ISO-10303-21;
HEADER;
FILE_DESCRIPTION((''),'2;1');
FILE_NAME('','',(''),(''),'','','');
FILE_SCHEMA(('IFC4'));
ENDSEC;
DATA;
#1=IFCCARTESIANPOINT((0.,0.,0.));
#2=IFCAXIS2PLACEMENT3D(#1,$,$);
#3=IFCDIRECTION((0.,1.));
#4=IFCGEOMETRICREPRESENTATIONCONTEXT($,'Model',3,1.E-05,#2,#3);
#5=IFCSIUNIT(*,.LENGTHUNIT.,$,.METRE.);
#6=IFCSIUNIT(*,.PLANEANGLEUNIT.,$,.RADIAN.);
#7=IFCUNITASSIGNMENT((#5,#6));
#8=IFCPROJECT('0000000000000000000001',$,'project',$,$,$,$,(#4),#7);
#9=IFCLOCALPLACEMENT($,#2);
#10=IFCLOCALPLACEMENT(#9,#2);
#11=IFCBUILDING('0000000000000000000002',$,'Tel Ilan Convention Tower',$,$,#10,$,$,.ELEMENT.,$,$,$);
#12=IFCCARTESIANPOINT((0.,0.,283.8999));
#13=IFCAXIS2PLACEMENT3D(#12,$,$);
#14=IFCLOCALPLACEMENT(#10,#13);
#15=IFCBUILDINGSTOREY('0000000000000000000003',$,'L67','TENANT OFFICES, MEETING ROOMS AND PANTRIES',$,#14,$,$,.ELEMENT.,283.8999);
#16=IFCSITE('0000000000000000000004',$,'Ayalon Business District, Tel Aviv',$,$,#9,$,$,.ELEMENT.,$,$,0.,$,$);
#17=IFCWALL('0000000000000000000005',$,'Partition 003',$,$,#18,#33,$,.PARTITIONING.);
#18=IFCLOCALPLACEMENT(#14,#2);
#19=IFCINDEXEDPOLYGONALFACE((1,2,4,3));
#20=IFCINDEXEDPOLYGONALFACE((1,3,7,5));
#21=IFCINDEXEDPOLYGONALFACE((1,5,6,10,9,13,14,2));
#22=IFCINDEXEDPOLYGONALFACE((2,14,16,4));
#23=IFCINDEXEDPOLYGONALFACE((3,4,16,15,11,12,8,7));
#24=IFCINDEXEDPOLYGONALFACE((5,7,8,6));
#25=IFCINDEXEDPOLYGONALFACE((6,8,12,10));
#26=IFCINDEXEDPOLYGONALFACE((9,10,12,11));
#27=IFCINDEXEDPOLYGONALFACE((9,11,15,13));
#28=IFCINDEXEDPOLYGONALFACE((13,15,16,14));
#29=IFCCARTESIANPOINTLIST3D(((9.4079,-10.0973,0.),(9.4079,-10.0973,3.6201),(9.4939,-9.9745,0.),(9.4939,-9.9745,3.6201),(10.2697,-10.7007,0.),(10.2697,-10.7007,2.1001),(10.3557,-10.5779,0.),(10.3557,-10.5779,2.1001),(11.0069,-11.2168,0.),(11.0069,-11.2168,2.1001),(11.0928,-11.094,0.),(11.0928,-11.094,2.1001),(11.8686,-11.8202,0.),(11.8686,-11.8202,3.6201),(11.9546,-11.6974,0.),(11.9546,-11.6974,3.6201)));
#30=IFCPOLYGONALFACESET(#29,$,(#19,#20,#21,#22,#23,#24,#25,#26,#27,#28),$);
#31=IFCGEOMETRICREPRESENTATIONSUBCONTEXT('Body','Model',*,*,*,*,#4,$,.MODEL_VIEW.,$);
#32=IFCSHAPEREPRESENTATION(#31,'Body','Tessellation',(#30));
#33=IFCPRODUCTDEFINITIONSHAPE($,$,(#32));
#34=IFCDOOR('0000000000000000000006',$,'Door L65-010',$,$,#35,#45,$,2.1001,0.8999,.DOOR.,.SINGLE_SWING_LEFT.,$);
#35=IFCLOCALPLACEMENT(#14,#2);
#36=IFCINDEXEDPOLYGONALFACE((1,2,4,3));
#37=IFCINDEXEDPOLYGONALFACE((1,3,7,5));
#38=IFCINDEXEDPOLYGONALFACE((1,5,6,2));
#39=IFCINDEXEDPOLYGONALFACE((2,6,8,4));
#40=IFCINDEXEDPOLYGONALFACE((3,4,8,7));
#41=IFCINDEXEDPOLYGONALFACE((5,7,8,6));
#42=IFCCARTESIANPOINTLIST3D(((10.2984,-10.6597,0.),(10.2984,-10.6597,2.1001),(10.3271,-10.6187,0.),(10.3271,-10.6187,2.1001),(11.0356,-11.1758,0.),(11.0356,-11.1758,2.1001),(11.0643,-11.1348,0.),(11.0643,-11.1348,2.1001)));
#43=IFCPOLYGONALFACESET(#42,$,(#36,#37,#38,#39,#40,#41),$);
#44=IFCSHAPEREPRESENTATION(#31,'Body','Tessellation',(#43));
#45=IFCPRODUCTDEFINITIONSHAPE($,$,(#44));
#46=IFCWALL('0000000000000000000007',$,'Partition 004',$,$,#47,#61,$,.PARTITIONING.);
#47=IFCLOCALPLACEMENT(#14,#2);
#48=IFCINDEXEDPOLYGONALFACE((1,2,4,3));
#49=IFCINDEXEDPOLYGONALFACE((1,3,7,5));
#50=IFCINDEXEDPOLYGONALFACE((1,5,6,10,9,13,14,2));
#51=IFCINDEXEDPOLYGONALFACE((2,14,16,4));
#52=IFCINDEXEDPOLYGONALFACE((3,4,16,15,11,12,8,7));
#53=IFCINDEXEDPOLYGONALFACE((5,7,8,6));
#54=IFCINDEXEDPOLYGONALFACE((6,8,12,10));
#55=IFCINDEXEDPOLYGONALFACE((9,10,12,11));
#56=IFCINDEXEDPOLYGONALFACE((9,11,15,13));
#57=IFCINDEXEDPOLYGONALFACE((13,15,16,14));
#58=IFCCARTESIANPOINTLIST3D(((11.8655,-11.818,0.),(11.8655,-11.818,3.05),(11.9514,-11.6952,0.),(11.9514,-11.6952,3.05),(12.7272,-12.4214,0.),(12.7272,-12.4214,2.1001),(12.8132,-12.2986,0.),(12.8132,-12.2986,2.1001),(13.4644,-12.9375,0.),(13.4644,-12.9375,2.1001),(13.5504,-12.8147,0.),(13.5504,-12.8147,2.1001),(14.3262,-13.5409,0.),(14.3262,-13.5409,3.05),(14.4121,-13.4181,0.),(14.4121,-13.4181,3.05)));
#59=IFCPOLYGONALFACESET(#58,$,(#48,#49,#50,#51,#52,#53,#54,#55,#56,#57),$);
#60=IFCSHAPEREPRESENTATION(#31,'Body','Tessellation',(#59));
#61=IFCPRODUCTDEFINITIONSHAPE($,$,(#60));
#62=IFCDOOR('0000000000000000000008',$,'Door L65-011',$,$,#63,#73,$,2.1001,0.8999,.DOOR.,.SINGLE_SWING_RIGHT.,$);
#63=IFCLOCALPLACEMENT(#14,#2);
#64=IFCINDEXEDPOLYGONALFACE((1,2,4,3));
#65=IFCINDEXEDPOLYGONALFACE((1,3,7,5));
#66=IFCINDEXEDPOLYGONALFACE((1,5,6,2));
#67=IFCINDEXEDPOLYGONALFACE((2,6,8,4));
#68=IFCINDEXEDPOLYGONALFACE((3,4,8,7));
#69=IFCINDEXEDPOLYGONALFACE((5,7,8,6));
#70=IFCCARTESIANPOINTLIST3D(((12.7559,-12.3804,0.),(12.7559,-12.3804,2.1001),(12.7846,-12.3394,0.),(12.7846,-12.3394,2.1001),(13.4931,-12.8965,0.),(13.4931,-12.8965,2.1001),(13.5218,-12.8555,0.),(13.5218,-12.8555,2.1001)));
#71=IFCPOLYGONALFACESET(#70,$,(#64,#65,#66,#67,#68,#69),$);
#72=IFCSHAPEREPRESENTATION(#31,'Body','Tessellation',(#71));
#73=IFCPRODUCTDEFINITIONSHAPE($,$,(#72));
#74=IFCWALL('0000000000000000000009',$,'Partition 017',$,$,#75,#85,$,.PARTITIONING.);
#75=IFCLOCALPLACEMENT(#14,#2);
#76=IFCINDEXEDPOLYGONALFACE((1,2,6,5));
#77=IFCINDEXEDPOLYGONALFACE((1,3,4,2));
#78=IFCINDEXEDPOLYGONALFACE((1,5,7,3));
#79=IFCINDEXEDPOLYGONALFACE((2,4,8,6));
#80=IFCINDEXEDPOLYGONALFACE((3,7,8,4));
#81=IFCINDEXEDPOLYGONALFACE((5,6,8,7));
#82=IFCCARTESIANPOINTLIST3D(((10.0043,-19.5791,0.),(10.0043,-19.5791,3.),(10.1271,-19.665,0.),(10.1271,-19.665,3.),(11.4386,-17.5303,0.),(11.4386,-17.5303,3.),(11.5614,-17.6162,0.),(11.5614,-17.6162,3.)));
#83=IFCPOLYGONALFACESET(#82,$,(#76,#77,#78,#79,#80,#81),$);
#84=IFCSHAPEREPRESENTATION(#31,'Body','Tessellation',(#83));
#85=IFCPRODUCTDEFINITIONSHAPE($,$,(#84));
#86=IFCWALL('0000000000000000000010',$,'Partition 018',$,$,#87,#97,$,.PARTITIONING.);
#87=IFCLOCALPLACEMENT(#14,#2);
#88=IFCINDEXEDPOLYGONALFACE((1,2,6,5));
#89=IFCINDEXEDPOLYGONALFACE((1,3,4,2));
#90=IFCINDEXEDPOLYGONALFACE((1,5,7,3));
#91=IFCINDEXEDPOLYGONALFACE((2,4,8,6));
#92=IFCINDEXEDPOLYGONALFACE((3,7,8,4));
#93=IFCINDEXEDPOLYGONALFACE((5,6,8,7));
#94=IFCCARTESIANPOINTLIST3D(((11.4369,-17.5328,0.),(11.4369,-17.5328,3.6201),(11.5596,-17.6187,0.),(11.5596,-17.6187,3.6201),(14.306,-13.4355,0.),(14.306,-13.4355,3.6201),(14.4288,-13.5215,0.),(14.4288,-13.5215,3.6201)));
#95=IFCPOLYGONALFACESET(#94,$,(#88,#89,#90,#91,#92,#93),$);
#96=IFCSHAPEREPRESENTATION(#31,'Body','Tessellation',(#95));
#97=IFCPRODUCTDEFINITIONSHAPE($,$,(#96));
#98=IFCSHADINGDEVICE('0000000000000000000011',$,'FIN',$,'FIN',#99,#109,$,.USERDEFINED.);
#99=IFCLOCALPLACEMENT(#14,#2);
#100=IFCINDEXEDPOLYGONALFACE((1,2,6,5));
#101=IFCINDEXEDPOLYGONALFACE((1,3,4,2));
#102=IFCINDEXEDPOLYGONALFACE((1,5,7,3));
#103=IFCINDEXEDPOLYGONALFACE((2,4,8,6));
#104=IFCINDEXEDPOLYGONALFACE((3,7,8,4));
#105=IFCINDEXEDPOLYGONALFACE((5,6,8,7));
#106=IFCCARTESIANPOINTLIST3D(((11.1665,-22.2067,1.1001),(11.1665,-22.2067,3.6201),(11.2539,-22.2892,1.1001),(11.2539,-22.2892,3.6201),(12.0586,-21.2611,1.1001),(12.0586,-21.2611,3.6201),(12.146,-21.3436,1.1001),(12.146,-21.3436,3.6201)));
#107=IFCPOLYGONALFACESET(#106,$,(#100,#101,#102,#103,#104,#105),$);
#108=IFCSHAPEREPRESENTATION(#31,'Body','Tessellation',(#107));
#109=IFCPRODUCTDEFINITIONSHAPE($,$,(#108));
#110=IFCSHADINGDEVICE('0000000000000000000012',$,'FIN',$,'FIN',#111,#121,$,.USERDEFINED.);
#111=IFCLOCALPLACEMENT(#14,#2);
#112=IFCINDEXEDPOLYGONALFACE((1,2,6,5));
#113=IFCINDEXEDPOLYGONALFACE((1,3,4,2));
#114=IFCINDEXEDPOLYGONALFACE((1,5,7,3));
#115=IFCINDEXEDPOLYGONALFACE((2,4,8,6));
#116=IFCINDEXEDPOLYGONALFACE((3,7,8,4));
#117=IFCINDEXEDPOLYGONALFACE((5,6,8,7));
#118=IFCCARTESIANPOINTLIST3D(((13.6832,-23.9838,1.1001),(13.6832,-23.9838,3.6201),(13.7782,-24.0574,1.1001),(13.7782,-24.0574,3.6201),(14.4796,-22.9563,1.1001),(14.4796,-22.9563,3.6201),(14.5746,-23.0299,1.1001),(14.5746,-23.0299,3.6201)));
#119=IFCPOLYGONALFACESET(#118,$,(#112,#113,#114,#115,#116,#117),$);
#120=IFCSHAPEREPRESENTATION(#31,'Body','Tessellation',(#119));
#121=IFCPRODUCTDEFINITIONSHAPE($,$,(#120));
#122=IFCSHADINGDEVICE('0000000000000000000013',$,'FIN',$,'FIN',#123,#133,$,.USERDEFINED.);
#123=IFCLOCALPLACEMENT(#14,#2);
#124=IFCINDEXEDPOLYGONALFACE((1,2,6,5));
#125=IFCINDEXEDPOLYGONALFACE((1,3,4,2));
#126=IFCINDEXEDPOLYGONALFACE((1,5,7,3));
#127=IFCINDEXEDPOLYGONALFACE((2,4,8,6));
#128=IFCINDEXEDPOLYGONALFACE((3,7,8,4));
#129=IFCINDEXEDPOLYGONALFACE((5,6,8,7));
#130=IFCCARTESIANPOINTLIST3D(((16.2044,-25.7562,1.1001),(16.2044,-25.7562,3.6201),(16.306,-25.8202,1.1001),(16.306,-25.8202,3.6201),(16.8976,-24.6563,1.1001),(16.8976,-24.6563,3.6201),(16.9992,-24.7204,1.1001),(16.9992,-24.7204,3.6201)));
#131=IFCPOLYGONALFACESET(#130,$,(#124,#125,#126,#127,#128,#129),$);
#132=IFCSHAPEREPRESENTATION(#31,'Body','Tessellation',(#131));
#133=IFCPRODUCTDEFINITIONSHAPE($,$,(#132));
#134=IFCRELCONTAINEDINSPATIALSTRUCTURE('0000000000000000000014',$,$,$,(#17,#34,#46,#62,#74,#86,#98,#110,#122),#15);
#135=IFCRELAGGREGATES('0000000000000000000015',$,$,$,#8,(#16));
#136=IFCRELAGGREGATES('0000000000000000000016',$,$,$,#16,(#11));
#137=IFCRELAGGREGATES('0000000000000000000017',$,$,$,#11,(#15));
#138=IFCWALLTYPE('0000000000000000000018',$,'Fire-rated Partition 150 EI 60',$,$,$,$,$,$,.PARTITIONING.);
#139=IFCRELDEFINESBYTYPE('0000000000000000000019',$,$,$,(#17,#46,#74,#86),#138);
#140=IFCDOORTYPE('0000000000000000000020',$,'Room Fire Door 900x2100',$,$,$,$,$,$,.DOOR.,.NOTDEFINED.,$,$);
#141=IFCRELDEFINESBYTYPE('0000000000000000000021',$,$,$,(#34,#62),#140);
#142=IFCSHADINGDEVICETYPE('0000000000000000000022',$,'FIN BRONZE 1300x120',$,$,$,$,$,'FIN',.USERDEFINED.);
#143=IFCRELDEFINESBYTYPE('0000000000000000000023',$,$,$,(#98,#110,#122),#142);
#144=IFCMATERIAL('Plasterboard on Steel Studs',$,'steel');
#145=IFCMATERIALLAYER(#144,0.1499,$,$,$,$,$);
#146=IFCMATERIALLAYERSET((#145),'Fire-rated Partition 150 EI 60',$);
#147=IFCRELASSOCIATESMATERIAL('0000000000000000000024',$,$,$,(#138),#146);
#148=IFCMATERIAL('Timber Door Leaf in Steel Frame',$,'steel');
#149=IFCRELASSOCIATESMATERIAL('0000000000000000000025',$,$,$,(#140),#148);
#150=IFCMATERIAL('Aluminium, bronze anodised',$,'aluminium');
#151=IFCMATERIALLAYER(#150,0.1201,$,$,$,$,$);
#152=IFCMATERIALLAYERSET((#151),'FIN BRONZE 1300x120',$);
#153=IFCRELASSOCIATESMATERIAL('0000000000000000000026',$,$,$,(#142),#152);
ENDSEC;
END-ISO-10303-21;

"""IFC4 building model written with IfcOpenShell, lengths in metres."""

from ifc_helpers import new_model, si_unit, direction, frame, frame_2d, origin, origin_2d, place, context, subcontext, project, spatial, rectangle, extrude, material, layer, layer_set, type_object, element, fill, save


model = new_model("IFC4")

# Units and contexts
model_context = context("Model", 3, precision=1e-05, world=origin(), true_north=direction((0.0, 1.0)))
body_context = subcontext(model_context, "Body", "Model", "MODEL_VIEW")
ifc_project = project(units=[si_unit("LENGTHUNIT", "METRE"), si_unit("PLANEANGLEUNIT", "RADIAN")], contexts=[model_context])

# Site, building, storey
site_placement = place(None, origin())
site = spatial("IfcSite", under=ifc_project, at=site_placement, Name="Ayalon Business District, Tel Aviv", CompositionType="ELEMENT", RefElevation=0.0)
building_placement = place(site_placement, origin())
building = spatial("IfcBuilding", under=site, at=building_placement, Name="Tel Ilan Convention Tower", CompositionType="ELEMENT")
storey_placement = place(building_placement, frame((0.0, 0.0, 283.8999)))
storey = spatial("IfcBuildingStorey", under=building, at=storey_placement, Name="L67", Description="TENANT OFFICES, MEETING ROOMS AND PANTRIES", CompositionType="ELEMENT", Elevation=283.8999)

# Walls, openings, doors
ifc_material_1 = material(Name="Plasterboard on Steel Studs", Category="steel")
ifc_layer_1 = layer(ifc_material_1, 0.1499)
ifc_layer_set_1 = layer_set([ifc_layer_1], Name="Fire-rated Partition 150 EI 60")
wall_type = type_object("IfcWallType", Name="Fire-rated Partition 150 EI 60", PredefinedType="PARTITIONING", material=ifc_layer_set_1)
wall_1_placement = place(storey_placement, frame((11.9116, -11.7588, 0.0), z_axis=(0.0, 0.0, 1.0), x_axis=(-0.819167, 0.573555, 0.0)))
wall_1 = element("IfcWall", 1, at=wall_1_placement, inside=storey, type_object=wall_type, Name="Partition 003", PredefinedType="PARTITIONING", context=body_context, shape_type="SweptSolid", body=[
    extrude(rectangle(XDim=3.0039, YDim=0.1499, at=frame_2d((1.502, 0.0))), origin(), (0.0, 0.0, 1.0), 3.6201),
])
opening_1_placement = place(wall_1_placement, frame((1.052, 0.0, 0.0)))
opening_1 = element("IfcOpeningElement", 2, at=opening_1_placement, cuts=wall_1, PredefinedType="OPENING", context=body_context, shape_type="SweptSolid", body=[
    extrude(rectangle(XDim=0.8999, YDim=2.1001, at=frame_2d((0.45, 1.05))), frame((0.0, 0.085, 0.0), z_axis=(0.0, -1.0, 0.0), x_axis=(1.0, 0.0, 0.0)), (0.0, 0.0, 1.0), 0.1699),
])
ifc_material_2 = material(Name="Timber Door Leaf in Steel Frame", Category="steel")
door_type = type_object("IfcDoorType", Name="Room Fire Door 900x2100", OperationType="NOTDEFINED", PredefinedType="DOOR", material=ifc_material_2)
door_1_placement = place(opening_1_placement, origin())
door_1 = element("IfcDoor", 3, at=door_1_placement, inside=storey, type_object=door_type, Name="Door L65-010", OperationType="SINGLE_SWING_LEFT", OverallHeight=2.1001, OverallWidth=0.8999, PredefinedType="DOOR", context=body_context, shape_type="SweptSolid", body=[
    extrude(rectangle(XDim=0.8999, YDim=2.1001, at=frame_2d((0.45, 1.05))), frame((0.0, 0.0249, 0.0), z_axis=(0.0, -1.0, 0.0), x_axis=(1.0, 0.0, 0.0)), (0.0, 0.0, 1.0), 0.05),
])
fill(opening_1, door_1)
wall_2_placement = place(storey_placement, frame((14.3691, -13.4795, 0.0), z_axis=(0.0, 0.0, 1.0), x_axis=(-0.819167, 0.573555, 0.0)))
wall_2 = element("IfcWall", 4, at=wall_2_placement, inside=storey, type_object=wall_type, Name="Partition 004", PredefinedType="PARTITIONING", context=body_context, shape_type="SweptSolid", body=[
    extrude(rectangle(XDim=3.0039, YDim=0.1499, at=frame_2d((1.502, 0.0))), origin(), (0.0, 0.0, 1.0), 3.05),
])
opening_2_placement = place(wall_2_placement, frame((1.052, 0.0, 0.0)))
opening_2 = element("IfcOpeningElement", 5, at=opening_2_placement, cuts=wall_2, PredefinedType="OPENING", context=body_context, shape_type="SweptSolid", body=[
    extrude(rectangle(XDim=0.8999, YDim=2.1001, at=frame_2d((0.45, 1.05))), frame((0.0, 0.085, 0.0), z_axis=(0.0, -1.0, 0.0), x_axis=(1.0, 0.0, 0.0)), (0.0, 0.0, 1.0), 0.1699),
])
door_2_placement = place(opening_2_placement, origin())
door_2 = element("IfcDoor", 6, at=door_2_placement, inside=storey, type_object=door_type, Name="Door L65-011", OperationType="SINGLE_SWING_RIGHT", OverallHeight=2.1001, OverallWidth=0.8999, PredefinedType="DOOR", context=body_context, shape_type="SweptSolid", body=[
    extrude(rectangle(XDim=0.8999, YDim=2.1001, at=frame_2d((0.45, 1.05))), frame((0.0, 0.0249, 0.0), z_axis=(0.0, -1.0, 0.0), x_axis=(1.0, 0.0, 0.0)), (0.0, 0.0, 1.0), 0.05),
])
fill(opening_2, door_2)

# Walls
wall_3_placement = place(storey_placement, frame((11.5, -17.5732, 0.0), z_axis=(0.0, 0.0, 1.0), x_axis=(-0.573502, -0.819204, 0.0)))
element("IfcWall", 7, at=wall_3_placement, inside=storey, type_object=wall_type, Name="Partition 017", PredefinedType="PARTITIONING", context=body_context, shape_type="SweptSolid", body=[
    extrude(rectangle(XDim=2.501, YDim=0.1499, at=frame_2d((1.2505, 0.0))), origin(), (0.0, 0.0, 1.0), 3.0),
])
wall_4_placement = place(storey_placement, frame((14.3674, -13.4785, 0.0), z_axis=(0.0, 0.0, 1.0), x_axis=(-0.573613, -0.819126, 0.0)))
element("IfcWall", 8, at=wall_4_placement, inside=storey, type_object=wall_type, Name="Partition 018", PredefinedType="PARTITIONING", context=body_context, shape_type="SweptSolid", body=[
    extrude(rectangle(XDim=5.002, YDim=0.1499, at=frame_2d((2.501, 0.0))), origin(), (0.0, 0.0, 1.0), 3.6201),
])

# Shading devices
ifc_material_3 = material(Name="Aluminium, bronze anodised", Category="aluminium")
ifc_layer_2 = layer(ifc_material_3, 0.1201)
ifc_layer_set_2 = layer_set([ifc_layer_2], Name="FIN BRONZE 1300x120")
shading_device_type = type_object("IfcShadingDeviceType", Name="FIN BRONZE 1300x120", ElementType="FIN", PredefinedType="USERDEFINED", material=ifc_layer_set_2)
for number, where, z_axis, x_axis, name in (
    (9, (11.6562, -21.7751, 1.1001), (0.0, 0.0, 1.0), (-0.686242, -0.727374, 0.0), "FIN"),
    (10, (14.1289, -23.5068, 1.1001), (0.0, 0.0, 1.0), (-0.612601, -0.790393, 0.0), "FIN"),
    (11, (16.6018, -25.2383, 1.1001), (0.0, 0.0, 1.0), (-0.533204, -0.845986, 0.0), "FIN"),
):
    element("IfcShadingDevice", number, at=place(storey_placement, frame(where, z_axis=z_axis, x_axis=x_axis)), inside=storey, type_object=shading_device_type, Name=name, ObjectType="FIN", PredefinedType="USERDEFINED", context=body_context, shape_type="SweptSolid", body=[
        extrude(rectangle(XDim=1.3, YDim=0.1201, at=origin_2d()), origin(), (0.0, 0.0, 1.0), 2.52),
    ])

save(model, "model.ifc")
